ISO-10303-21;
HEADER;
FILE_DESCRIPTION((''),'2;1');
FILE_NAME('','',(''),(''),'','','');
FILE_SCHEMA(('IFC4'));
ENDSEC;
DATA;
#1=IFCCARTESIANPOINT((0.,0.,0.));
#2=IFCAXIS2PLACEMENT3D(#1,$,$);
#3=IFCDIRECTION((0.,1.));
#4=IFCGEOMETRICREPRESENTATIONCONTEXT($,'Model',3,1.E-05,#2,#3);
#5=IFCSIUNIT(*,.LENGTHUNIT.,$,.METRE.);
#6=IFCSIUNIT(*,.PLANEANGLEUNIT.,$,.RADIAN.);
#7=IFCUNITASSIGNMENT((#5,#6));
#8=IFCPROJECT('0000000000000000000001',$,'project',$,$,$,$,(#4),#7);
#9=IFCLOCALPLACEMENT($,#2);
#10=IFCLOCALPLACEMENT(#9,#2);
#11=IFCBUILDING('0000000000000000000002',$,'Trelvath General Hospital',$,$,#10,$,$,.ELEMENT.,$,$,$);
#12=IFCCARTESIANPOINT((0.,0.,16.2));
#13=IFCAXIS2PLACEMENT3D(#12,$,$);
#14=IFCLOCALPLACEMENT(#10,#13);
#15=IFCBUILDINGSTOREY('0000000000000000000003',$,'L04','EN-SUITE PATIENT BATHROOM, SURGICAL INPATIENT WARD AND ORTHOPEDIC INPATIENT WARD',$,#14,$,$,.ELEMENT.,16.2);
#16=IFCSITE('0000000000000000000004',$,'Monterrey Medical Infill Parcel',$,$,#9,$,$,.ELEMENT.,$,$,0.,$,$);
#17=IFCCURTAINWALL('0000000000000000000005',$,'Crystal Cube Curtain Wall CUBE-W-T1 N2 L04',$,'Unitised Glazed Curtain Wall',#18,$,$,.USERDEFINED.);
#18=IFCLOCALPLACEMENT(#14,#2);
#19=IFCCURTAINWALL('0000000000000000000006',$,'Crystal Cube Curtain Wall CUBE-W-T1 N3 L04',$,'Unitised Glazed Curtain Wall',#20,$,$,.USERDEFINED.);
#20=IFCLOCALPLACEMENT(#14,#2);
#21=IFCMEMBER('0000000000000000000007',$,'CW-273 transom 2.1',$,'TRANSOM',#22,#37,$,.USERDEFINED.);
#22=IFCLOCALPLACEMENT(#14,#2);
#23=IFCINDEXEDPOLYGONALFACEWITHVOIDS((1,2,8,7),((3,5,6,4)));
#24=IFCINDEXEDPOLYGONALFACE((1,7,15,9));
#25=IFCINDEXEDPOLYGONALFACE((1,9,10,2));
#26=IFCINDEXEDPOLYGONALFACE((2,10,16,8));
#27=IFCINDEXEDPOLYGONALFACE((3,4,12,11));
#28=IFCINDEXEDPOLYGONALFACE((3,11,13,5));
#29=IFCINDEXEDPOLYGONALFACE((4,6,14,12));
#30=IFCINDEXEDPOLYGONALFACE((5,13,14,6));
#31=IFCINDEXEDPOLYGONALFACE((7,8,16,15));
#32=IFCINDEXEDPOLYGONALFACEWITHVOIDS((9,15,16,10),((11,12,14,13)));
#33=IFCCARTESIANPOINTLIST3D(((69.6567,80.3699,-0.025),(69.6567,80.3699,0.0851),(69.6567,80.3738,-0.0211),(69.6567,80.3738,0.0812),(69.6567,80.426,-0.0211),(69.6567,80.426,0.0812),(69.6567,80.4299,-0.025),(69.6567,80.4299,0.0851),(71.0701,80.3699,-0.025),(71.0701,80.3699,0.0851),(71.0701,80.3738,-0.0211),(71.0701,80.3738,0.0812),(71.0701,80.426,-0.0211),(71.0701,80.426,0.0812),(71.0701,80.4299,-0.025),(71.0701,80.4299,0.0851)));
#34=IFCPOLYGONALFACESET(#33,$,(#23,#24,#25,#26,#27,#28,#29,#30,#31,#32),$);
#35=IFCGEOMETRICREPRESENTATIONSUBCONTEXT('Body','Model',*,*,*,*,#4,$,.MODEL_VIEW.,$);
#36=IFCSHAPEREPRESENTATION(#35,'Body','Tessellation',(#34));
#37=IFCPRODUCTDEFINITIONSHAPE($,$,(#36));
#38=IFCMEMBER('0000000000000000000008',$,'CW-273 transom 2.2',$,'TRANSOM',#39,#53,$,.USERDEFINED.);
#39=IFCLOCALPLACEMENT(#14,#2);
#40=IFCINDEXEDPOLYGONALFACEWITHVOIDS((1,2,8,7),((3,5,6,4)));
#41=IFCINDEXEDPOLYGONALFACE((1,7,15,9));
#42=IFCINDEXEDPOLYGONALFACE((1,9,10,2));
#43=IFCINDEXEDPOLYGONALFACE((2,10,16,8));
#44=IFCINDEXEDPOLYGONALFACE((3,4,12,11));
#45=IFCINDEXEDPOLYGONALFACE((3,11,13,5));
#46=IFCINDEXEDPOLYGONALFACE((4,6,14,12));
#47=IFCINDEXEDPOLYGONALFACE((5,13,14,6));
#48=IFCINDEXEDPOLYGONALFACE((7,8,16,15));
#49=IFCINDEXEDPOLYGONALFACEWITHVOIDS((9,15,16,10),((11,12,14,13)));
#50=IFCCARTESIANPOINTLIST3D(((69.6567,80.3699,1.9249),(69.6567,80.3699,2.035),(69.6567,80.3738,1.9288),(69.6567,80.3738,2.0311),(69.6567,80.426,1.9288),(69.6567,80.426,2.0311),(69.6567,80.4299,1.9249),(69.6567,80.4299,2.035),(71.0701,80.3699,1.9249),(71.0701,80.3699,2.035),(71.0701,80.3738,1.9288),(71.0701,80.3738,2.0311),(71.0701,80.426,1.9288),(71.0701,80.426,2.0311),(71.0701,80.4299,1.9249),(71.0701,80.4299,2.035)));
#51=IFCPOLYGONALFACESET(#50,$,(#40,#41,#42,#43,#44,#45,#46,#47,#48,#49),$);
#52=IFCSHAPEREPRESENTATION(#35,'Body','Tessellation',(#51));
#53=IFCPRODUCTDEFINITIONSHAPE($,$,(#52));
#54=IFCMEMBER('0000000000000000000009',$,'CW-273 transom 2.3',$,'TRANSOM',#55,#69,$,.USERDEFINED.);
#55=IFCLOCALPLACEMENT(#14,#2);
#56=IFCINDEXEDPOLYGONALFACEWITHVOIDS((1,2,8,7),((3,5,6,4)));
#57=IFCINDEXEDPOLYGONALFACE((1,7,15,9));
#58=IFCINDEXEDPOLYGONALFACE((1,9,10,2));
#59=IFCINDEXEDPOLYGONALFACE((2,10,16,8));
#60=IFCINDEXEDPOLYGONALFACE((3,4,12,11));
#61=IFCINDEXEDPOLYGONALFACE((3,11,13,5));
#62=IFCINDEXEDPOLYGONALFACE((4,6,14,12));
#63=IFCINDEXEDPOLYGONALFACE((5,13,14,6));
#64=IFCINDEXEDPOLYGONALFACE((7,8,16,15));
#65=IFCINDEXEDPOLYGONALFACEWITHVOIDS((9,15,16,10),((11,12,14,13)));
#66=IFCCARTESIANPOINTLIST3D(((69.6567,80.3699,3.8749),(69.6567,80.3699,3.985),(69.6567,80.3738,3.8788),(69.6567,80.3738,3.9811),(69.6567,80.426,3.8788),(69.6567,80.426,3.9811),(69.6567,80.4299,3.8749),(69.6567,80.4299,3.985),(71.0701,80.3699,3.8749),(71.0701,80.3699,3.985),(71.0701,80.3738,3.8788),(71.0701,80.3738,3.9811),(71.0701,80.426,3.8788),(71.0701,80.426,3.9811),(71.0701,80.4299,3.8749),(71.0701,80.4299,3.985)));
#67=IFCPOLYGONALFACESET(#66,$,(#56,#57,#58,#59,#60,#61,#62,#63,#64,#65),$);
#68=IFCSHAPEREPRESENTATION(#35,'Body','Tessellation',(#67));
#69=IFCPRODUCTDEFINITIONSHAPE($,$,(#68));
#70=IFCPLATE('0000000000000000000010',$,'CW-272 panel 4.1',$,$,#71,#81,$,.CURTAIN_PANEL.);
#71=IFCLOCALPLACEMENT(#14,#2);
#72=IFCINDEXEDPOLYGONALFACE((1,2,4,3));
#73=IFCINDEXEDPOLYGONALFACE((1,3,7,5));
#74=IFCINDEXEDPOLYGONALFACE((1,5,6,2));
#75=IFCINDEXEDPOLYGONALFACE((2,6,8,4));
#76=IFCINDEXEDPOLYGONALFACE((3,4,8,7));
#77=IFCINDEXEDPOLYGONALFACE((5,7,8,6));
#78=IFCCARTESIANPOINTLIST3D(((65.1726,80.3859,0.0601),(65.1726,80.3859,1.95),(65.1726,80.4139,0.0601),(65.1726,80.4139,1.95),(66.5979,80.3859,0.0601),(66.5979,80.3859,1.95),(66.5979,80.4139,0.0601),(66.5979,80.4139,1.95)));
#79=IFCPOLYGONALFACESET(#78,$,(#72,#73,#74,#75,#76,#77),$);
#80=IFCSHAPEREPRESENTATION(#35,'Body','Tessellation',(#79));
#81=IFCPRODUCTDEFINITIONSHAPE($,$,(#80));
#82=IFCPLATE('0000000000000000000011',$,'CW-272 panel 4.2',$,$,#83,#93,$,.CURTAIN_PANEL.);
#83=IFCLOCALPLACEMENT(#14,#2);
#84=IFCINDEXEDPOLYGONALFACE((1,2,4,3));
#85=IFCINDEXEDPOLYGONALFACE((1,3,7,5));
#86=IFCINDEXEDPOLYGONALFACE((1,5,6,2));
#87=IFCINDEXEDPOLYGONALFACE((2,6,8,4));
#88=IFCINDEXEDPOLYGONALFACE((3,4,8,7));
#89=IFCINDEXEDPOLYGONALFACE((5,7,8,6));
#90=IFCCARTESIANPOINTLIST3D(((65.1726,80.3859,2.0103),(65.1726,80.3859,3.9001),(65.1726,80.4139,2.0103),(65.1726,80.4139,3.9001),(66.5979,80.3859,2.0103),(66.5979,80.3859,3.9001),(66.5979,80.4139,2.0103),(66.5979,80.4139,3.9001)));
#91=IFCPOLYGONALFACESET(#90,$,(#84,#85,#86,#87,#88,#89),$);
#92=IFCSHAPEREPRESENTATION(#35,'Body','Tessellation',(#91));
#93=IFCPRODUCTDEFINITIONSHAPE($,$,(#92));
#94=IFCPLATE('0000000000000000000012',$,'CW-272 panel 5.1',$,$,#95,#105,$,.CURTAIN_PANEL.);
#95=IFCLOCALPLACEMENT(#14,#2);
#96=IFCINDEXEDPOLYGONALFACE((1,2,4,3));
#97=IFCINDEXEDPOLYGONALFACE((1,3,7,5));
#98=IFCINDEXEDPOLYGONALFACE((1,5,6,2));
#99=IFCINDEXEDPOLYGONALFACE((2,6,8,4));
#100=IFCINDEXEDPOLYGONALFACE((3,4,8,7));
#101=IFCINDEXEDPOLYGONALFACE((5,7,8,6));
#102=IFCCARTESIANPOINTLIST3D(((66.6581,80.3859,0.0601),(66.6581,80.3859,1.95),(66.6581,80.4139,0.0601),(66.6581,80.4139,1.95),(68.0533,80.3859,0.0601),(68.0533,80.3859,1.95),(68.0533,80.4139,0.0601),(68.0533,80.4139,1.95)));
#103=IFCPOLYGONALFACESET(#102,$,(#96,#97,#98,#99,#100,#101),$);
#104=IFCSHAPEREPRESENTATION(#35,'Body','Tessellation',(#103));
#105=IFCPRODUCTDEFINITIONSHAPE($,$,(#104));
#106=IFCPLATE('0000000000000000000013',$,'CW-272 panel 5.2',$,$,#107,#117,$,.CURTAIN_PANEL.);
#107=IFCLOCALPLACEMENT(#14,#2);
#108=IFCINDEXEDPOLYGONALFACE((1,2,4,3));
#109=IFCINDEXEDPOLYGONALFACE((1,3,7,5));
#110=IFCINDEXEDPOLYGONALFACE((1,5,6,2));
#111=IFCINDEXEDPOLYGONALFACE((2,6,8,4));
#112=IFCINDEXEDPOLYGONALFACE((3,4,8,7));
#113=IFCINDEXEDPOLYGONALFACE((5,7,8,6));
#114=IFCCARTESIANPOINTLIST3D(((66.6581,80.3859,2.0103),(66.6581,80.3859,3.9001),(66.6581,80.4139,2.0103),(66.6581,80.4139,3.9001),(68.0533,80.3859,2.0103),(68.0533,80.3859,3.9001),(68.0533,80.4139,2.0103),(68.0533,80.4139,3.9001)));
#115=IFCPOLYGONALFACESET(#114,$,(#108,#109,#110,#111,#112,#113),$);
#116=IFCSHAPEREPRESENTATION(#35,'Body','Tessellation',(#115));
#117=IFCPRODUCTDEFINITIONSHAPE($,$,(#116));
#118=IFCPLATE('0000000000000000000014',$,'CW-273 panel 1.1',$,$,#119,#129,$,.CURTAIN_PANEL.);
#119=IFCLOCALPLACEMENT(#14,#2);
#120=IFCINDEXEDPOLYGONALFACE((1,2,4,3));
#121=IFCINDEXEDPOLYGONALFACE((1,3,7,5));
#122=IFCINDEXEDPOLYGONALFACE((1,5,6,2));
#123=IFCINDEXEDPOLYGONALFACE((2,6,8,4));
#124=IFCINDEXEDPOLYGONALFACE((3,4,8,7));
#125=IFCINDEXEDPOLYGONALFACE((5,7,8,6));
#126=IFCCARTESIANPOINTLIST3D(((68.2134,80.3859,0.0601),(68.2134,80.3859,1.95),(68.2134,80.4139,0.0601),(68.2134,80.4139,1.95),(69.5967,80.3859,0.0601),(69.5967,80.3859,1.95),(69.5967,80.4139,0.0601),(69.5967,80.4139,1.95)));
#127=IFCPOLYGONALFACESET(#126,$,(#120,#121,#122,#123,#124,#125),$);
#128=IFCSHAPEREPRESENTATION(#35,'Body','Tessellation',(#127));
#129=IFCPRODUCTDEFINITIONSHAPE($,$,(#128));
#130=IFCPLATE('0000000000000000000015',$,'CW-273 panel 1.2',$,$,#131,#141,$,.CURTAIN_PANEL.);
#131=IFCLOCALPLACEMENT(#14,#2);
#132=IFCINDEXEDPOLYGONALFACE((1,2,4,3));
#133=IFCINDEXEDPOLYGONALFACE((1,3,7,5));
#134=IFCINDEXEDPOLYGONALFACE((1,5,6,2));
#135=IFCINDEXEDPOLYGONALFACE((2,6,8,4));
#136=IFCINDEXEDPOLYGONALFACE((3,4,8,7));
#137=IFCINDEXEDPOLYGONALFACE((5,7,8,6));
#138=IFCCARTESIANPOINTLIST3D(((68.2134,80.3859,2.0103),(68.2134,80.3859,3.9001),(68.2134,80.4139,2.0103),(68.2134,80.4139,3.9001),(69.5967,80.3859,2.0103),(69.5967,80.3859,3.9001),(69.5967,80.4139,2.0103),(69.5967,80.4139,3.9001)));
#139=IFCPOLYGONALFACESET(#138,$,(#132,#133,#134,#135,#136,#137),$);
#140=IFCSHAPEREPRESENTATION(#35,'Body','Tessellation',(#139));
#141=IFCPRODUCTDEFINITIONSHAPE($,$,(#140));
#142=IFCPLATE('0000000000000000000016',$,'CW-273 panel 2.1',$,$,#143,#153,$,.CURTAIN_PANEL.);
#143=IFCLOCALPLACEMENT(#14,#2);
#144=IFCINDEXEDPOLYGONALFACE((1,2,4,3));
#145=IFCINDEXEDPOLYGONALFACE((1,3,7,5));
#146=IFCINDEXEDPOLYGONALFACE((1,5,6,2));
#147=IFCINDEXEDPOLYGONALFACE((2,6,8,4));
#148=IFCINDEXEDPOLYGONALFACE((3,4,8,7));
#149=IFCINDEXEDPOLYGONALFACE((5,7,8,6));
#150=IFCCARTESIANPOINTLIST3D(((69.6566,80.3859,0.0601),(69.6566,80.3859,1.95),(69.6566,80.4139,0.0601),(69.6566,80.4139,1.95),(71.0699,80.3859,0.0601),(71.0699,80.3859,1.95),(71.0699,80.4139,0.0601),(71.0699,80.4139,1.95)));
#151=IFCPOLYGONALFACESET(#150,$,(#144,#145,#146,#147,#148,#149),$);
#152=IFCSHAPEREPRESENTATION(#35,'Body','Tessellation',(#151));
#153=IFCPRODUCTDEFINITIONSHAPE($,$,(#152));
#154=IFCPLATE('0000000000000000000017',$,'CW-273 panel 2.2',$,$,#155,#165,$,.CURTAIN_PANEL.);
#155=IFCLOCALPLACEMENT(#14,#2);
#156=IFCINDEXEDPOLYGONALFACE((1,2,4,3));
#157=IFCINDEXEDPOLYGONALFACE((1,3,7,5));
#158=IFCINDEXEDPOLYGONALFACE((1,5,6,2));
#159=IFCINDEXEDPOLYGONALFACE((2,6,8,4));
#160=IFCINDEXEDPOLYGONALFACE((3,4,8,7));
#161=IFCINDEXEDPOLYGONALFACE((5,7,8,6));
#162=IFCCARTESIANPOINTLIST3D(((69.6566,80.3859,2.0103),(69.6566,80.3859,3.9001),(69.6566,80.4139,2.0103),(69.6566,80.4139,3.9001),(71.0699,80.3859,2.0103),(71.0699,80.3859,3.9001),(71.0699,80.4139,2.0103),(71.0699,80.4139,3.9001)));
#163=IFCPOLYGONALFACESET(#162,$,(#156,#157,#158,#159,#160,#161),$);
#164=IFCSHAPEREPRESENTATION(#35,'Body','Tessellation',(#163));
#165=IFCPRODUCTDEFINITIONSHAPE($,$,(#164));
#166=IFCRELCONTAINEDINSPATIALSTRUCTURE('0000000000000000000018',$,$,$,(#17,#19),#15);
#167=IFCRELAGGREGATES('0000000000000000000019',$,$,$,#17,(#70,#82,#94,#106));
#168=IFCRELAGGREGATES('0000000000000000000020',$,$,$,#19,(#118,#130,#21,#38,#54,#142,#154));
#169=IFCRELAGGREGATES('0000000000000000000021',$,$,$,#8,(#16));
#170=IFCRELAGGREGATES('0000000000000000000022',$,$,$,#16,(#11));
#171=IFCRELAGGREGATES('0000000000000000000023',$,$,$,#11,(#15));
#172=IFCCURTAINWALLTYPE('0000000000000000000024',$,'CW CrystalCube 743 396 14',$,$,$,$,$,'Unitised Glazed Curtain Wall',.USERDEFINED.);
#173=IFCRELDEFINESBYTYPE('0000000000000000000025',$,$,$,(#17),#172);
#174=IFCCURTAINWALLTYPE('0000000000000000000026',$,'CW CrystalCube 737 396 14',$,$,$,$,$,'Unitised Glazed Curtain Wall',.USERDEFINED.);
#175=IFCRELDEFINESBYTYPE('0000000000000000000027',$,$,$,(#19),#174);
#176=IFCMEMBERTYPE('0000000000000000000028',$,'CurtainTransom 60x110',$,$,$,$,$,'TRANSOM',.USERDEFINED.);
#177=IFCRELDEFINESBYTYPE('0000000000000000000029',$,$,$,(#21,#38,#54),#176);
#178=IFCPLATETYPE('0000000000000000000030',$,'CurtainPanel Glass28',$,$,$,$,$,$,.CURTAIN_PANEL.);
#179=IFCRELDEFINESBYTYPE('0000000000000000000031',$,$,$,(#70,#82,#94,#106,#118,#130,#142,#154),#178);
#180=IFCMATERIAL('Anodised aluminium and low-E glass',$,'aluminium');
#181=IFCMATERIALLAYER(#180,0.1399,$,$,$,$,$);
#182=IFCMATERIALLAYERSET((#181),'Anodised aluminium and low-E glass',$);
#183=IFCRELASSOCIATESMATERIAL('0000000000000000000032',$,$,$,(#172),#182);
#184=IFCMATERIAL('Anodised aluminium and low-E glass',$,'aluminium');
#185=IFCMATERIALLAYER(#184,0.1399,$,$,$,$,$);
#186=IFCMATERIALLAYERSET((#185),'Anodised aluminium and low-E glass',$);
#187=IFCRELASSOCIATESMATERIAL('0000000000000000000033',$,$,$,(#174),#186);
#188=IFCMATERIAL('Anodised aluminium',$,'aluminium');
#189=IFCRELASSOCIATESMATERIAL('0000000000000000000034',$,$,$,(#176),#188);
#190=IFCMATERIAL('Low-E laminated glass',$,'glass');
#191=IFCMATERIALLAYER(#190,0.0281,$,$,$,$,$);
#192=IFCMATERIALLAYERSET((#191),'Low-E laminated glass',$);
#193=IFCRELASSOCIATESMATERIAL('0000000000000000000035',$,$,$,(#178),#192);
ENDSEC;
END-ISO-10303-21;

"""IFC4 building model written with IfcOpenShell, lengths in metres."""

from ifc_helpers import new_model, si_unit, direction, frame, origin, origin_2d, place, context, subcontext, project, spatial, rectangle, hollow_rectangle, extrude, material, layer, layer_set, material_profile, profile_set, type_object, element, aggregate, save


model = new_model("IFC4")

# Units and contexts
model_context = context("Model", 3, precision=1e-05, world=origin(), true_north=direction((0.0, 1.0)))
body_context = subcontext(model_context, "Body", "Model", "MODEL_VIEW")
ifc_project = project(units=[si_unit("LENGTHUNIT", "METRE"), si_unit("PLANEANGLEUNIT", "RADIAN")], contexts=[model_context])

# Site, building, storey
site_placement = place(None, origin())
site = spatial("IfcSite", under=ifc_project, at=site_placement, Name="Monterrey Medical Infill Parcel", CompositionType="ELEMENT", RefElevation=0.0)
building_placement = place(site_placement, origin())
building = spatial("IfcBuilding", under=site, at=building_placement, Name="Trelvath General Hospital", CompositionType="ELEMENT")
storey_placement = place(building_placement, frame((0.0, 0.0, 16.2)))
storey = spatial("IfcBuildingStorey", under=building, at=storey_placement, Name="L04", Description="EN-SUITE PATIENT BATHROOM, SURGICAL INPATIENT WARD AND ORTHOPEDIC INPATIENT WARD", CompositionType="ELEMENT", Elevation=16.2)

# Curtain walls
ifc_material_1 = material(Name="Anodised aluminium and low-E glass", Category="aluminium")
ifc_layer_1 = layer(ifc_material_1, 0.1399)
ifc_layer_set_1 = layer_set([ifc_layer_1], Name="Anodised aluminium and low-E glass")
curtain_wall_type_1 = type_object("IfcCurtainWallType", Name="CW CrystalCube 743 396 14", ElementType="Unitised Glazed Curtain Wall", PredefinedType="USERDEFINED", material=ifc_layer_set_1)
curtain_wall_1_placement = place(storey_placement, origin())
curtain_wall_1 = element("IfcCurtainWall", 1, at=curtain_wall_1_placement, inside=storey, type_object=curtain_wall_type_1, Name="Crystal Cube Curtain Wall CUBE-W-T1 N2 L04", ObjectType="Unitised Glazed Curtain Wall", PredefinedType="USERDEFINED")
ifc_material_2 = material(Name="Anodised aluminium and low-E glass", Category="aluminium")
ifc_layer_2 = layer(ifc_material_2, 0.1399)
ifc_layer_set_2 = layer_set([ifc_layer_2], Name="Anodised aluminium and low-E glass")
curtain_wall_type_2 = type_object("IfcCurtainWallType", Name="CW CrystalCube 737 396 14", ElementType="Unitised Glazed Curtain Wall", PredefinedType="USERDEFINED", material=ifc_layer_set_2)
curtain_wall_2_placement = place(storey_placement, origin())
curtain_wall_2 = element("IfcCurtainWall", 2, at=curtain_wall_2_placement, inside=storey, type_object=curtain_wall_type_2, Name="Crystal Cube Curtain Wall CUBE-W-T1 N3 L04", ObjectType="Unitised Glazed Curtain Wall", PredefinedType="USERDEFINED")

# Members
ifc_material_3 = material(Name="Anodised aluminium", Category="aluminium")
ifc_material_profile_1 = material_profile(ifc_material_3, hollow_rectangle(XDim=0.0601, YDim=0.1101, WallThickness=0.0039, at=origin_2d()), Name="RHS60x110x4")
ifc_profile_set_1 = profile_set([ifc_material_profile_1], Name="Anodised aluminium")
member_type_1 = type_object("IfcMemberType", Name="CurtainTransom 60x110", ElementType="TRANSOM", PredefinedType="USERDEFINED", material=ifc_profile_set_1)
member_1_placement = place(storey_placement, frame((69.6567, 80.3999, 0.03), z_axis=(1.0, 0.0, 0.0), x_axis=(0.0, 1.0, 0.0)))
member_1 = element("IfcMember", 3, at=member_1_placement, type_object=member_type_1, Name="CW-273 transom 2.1", ObjectType="TRANSOM", PredefinedType="USERDEFINED", context=body_context, shape_type="SweptSolid", body=[
    extrude(hollow_rectangle(XDim=0.0601, YDim=0.1101, WallThickness=0.0039, at=origin_2d()), origin(), (0.0, 0.0, 1.0), 1.4133),
])
member_2_placement = place(storey_placement, frame((69.6567, 80.3999, 1.98), z_axis=(1.0, 0.0, 0.0), x_axis=(0.0, 1.0, 0.0)))
member_2 = element("IfcMember", 4, at=member_2_placement, type_object=member_type_1, Name="CW-273 transom 2.2", ObjectType="TRANSOM", PredefinedType="USERDEFINED", context=body_context, shape_type="SweptSolid", body=[
    extrude(hollow_rectangle(XDim=0.0601, YDim=0.1101, WallThickness=0.0039, at=origin_2d()), origin(), (0.0, 0.0, 1.0), 1.4133),
])
member_3_placement = place(storey_placement, frame((69.6567, 80.3999, 3.9299), z_axis=(1.0, 0.0, 0.0), x_axis=(0.0, 1.0, 0.0)))
member_3 = element("IfcMember", 5, at=member_3_placement, type_object=member_type_1, Name="CW-273 transom 2.3", ObjectType="TRANSOM", PredefinedType="USERDEFINED", context=body_context, shape_type="SweptSolid", body=[
    extrude(hollow_rectangle(XDim=0.0601, YDim=0.1101, WallThickness=0.0039, at=origin_2d()), origin(), (0.0, 0.0, 1.0), 1.4133),
])

# Plates
ifc_material_4 = material(Name="Low-E laminated glass", Category="glass")
ifc_layer_3 = layer(ifc_material_4, 0.0281)
ifc_layer_set_3 = layer_set([ifc_layer_3], Name="Low-E laminated glass")
plate_type = type_object("IfcPlateType", Name="CurtainPanel Glass28", PredefinedType="CURTAIN_PANEL", material=ifc_layer_set_3)
plate_1_placement = place(storey_placement, frame((65.8853, 80.3999, 0.0601), z_axis=(0.0, 0.0, 1.0), x_axis=(1.0, 0.0, 0.0)))
plate_1 = element("IfcPlate", 6, at=plate_1_placement, type_object=plate_type, Name="CW-272 panel 4.1", PredefinedType="CURTAIN_PANEL", context=body_context, shape_type="SweptSolid", body=[
    extrude(rectangle(XDim=1.4253, YDim=0.0281, at=origin_2d()), origin(), (0.0, 0.0, 1.0), 1.8899),
])
plate_2_placement = place(storey_placement, frame((65.8853, 80.3999, 2.0103), z_axis=(0.0, 0.0, 1.0), x_axis=(1.0, 0.0, 0.0)))
plate_2 = element("IfcPlate", 7, at=plate_2_placement, type_object=plate_type, Name="CW-272 panel 4.2", PredefinedType="CURTAIN_PANEL", context=body_context, shape_type="SweptSolid", body=[
    extrude(rectangle(XDim=1.4253, YDim=0.0281, at=origin_2d()), origin(), (0.0, 0.0, 1.0), 1.8899),
])
plate_3_placement = place(storey_placement, frame((67.3557, 80.3999, 0.0601), z_axis=(0.0, 0.0, 1.0), x_axis=(1.0, 0.0, 0.0)))
plate_3 = element("IfcPlate", 8, at=plate_3_placement, type_object=plate_type, Name="CW-272 panel 5.1", PredefinedType="CURTAIN_PANEL", context=body_context, shape_type="SweptSolid", body=[
    extrude(rectangle(XDim=1.3953, YDim=0.0281, at=origin_2d()), origin(), (0.0, 0.0, 1.0), 1.8899),
])
plate_4_placement = place(storey_placement, frame((67.3557, 80.3999, 2.0103), z_axis=(0.0, 0.0, 1.0), x_axis=(1.0, 0.0, 0.0)))
plate_4 = element("IfcPlate", 9, at=plate_4_placement, type_object=plate_type, Name="CW-272 panel 5.2", PredefinedType="CURTAIN_PANEL", context=body_context, shape_type="SweptSolid", body=[
    extrude(rectangle(XDim=1.3953, YDim=0.0281, at=origin_2d()), origin(), (0.0, 0.0, 1.0), 1.8899),
])
aggregate(curtain_wall_1, [plate_1, plate_2, plate_3, plate_4])
plate_5_placement = place(storey_placement, frame((68.905, 80.3999, 0.0601), z_axis=(0.0, 0.0, 1.0), x_axis=(1.0, 0.0, 0.0)))
plate_5 = element("IfcPlate", 10, at=plate_5_placement, type_object=plate_type, Name="CW-273 panel 1.1", PredefinedType="CURTAIN_PANEL", context=body_context, shape_type="SweptSolid", body=[
    extrude(rectangle(XDim=1.3833, YDim=0.0281, at=origin_2d()), origin(), (0.0, 0.0, 1.0), 1.8899),
])
plate_6_placement = place(storey_placement, frame((68.905, 80.3999, 2.0103), z_axis=(0.0, 0.0, 1.0), x_axis=(1.0, 0.0, 0.0)))
plate_6 = element("IfcPlate", 11, at=plate_6_placement, type_object=plate_type, Name="CW-273 panel 1.2", PredefinedType="CURTAIN_PANEL", context=body_context, shape_type="SweptSolid", body=[
    extrude(rectangle(XDim=1.3833, YDim=0.0281, at=origin_2d()), origin(), (0.0, 0.0, 1.0), 1.8899),
])
plate_7_placement = place(storey_placement, frame((70.3633, 80.3999, 0.0601), z_axis=(0.0, 0.0, 1.0), x_axis=(1.0, 0.0, 0.0)))
plate_7 = element("IfcPlate", 12, at=plate_7_placement, type_object=plate_type, Name="CW-273 panel 2.1", PredefinedType="CURTAIN_PANEL", context=body_context, shape_type="SweptSolid", body=[
    extrude(rectangle(XDim=1.4133, YDim=0.0281, at=origin_2d()), origin(), (0.0, 0.0, 1.0), 1.8899),
])
plate_8_placement = place(storey_placement, frame((70.3633, 80.3999, 2.0103), z_axis=(0.0, 0.0, 1.0), x_axis=(1.0, 0.0, 0.0)))
plate_8 = element("IfcPlate", 13, at=plate_8_placement, type_object=plate_type, Name="CW-273 panel 2.2", PredefinedType="CURTAIN_PANEL", context=body_context, shape_type="SweptSolid", body=[
    extrude(rectangle(XDim=1.4133, YDim=0.0281, at=origin_2d()), origin(), (0.0, 0.0, 1.0), 1.8899),
])
aggregate(curtain_wall_2, [plate_5, plate_6, member_1, member_2, member_3, plate_7, plate_8])

save(model, "model.ifc")
